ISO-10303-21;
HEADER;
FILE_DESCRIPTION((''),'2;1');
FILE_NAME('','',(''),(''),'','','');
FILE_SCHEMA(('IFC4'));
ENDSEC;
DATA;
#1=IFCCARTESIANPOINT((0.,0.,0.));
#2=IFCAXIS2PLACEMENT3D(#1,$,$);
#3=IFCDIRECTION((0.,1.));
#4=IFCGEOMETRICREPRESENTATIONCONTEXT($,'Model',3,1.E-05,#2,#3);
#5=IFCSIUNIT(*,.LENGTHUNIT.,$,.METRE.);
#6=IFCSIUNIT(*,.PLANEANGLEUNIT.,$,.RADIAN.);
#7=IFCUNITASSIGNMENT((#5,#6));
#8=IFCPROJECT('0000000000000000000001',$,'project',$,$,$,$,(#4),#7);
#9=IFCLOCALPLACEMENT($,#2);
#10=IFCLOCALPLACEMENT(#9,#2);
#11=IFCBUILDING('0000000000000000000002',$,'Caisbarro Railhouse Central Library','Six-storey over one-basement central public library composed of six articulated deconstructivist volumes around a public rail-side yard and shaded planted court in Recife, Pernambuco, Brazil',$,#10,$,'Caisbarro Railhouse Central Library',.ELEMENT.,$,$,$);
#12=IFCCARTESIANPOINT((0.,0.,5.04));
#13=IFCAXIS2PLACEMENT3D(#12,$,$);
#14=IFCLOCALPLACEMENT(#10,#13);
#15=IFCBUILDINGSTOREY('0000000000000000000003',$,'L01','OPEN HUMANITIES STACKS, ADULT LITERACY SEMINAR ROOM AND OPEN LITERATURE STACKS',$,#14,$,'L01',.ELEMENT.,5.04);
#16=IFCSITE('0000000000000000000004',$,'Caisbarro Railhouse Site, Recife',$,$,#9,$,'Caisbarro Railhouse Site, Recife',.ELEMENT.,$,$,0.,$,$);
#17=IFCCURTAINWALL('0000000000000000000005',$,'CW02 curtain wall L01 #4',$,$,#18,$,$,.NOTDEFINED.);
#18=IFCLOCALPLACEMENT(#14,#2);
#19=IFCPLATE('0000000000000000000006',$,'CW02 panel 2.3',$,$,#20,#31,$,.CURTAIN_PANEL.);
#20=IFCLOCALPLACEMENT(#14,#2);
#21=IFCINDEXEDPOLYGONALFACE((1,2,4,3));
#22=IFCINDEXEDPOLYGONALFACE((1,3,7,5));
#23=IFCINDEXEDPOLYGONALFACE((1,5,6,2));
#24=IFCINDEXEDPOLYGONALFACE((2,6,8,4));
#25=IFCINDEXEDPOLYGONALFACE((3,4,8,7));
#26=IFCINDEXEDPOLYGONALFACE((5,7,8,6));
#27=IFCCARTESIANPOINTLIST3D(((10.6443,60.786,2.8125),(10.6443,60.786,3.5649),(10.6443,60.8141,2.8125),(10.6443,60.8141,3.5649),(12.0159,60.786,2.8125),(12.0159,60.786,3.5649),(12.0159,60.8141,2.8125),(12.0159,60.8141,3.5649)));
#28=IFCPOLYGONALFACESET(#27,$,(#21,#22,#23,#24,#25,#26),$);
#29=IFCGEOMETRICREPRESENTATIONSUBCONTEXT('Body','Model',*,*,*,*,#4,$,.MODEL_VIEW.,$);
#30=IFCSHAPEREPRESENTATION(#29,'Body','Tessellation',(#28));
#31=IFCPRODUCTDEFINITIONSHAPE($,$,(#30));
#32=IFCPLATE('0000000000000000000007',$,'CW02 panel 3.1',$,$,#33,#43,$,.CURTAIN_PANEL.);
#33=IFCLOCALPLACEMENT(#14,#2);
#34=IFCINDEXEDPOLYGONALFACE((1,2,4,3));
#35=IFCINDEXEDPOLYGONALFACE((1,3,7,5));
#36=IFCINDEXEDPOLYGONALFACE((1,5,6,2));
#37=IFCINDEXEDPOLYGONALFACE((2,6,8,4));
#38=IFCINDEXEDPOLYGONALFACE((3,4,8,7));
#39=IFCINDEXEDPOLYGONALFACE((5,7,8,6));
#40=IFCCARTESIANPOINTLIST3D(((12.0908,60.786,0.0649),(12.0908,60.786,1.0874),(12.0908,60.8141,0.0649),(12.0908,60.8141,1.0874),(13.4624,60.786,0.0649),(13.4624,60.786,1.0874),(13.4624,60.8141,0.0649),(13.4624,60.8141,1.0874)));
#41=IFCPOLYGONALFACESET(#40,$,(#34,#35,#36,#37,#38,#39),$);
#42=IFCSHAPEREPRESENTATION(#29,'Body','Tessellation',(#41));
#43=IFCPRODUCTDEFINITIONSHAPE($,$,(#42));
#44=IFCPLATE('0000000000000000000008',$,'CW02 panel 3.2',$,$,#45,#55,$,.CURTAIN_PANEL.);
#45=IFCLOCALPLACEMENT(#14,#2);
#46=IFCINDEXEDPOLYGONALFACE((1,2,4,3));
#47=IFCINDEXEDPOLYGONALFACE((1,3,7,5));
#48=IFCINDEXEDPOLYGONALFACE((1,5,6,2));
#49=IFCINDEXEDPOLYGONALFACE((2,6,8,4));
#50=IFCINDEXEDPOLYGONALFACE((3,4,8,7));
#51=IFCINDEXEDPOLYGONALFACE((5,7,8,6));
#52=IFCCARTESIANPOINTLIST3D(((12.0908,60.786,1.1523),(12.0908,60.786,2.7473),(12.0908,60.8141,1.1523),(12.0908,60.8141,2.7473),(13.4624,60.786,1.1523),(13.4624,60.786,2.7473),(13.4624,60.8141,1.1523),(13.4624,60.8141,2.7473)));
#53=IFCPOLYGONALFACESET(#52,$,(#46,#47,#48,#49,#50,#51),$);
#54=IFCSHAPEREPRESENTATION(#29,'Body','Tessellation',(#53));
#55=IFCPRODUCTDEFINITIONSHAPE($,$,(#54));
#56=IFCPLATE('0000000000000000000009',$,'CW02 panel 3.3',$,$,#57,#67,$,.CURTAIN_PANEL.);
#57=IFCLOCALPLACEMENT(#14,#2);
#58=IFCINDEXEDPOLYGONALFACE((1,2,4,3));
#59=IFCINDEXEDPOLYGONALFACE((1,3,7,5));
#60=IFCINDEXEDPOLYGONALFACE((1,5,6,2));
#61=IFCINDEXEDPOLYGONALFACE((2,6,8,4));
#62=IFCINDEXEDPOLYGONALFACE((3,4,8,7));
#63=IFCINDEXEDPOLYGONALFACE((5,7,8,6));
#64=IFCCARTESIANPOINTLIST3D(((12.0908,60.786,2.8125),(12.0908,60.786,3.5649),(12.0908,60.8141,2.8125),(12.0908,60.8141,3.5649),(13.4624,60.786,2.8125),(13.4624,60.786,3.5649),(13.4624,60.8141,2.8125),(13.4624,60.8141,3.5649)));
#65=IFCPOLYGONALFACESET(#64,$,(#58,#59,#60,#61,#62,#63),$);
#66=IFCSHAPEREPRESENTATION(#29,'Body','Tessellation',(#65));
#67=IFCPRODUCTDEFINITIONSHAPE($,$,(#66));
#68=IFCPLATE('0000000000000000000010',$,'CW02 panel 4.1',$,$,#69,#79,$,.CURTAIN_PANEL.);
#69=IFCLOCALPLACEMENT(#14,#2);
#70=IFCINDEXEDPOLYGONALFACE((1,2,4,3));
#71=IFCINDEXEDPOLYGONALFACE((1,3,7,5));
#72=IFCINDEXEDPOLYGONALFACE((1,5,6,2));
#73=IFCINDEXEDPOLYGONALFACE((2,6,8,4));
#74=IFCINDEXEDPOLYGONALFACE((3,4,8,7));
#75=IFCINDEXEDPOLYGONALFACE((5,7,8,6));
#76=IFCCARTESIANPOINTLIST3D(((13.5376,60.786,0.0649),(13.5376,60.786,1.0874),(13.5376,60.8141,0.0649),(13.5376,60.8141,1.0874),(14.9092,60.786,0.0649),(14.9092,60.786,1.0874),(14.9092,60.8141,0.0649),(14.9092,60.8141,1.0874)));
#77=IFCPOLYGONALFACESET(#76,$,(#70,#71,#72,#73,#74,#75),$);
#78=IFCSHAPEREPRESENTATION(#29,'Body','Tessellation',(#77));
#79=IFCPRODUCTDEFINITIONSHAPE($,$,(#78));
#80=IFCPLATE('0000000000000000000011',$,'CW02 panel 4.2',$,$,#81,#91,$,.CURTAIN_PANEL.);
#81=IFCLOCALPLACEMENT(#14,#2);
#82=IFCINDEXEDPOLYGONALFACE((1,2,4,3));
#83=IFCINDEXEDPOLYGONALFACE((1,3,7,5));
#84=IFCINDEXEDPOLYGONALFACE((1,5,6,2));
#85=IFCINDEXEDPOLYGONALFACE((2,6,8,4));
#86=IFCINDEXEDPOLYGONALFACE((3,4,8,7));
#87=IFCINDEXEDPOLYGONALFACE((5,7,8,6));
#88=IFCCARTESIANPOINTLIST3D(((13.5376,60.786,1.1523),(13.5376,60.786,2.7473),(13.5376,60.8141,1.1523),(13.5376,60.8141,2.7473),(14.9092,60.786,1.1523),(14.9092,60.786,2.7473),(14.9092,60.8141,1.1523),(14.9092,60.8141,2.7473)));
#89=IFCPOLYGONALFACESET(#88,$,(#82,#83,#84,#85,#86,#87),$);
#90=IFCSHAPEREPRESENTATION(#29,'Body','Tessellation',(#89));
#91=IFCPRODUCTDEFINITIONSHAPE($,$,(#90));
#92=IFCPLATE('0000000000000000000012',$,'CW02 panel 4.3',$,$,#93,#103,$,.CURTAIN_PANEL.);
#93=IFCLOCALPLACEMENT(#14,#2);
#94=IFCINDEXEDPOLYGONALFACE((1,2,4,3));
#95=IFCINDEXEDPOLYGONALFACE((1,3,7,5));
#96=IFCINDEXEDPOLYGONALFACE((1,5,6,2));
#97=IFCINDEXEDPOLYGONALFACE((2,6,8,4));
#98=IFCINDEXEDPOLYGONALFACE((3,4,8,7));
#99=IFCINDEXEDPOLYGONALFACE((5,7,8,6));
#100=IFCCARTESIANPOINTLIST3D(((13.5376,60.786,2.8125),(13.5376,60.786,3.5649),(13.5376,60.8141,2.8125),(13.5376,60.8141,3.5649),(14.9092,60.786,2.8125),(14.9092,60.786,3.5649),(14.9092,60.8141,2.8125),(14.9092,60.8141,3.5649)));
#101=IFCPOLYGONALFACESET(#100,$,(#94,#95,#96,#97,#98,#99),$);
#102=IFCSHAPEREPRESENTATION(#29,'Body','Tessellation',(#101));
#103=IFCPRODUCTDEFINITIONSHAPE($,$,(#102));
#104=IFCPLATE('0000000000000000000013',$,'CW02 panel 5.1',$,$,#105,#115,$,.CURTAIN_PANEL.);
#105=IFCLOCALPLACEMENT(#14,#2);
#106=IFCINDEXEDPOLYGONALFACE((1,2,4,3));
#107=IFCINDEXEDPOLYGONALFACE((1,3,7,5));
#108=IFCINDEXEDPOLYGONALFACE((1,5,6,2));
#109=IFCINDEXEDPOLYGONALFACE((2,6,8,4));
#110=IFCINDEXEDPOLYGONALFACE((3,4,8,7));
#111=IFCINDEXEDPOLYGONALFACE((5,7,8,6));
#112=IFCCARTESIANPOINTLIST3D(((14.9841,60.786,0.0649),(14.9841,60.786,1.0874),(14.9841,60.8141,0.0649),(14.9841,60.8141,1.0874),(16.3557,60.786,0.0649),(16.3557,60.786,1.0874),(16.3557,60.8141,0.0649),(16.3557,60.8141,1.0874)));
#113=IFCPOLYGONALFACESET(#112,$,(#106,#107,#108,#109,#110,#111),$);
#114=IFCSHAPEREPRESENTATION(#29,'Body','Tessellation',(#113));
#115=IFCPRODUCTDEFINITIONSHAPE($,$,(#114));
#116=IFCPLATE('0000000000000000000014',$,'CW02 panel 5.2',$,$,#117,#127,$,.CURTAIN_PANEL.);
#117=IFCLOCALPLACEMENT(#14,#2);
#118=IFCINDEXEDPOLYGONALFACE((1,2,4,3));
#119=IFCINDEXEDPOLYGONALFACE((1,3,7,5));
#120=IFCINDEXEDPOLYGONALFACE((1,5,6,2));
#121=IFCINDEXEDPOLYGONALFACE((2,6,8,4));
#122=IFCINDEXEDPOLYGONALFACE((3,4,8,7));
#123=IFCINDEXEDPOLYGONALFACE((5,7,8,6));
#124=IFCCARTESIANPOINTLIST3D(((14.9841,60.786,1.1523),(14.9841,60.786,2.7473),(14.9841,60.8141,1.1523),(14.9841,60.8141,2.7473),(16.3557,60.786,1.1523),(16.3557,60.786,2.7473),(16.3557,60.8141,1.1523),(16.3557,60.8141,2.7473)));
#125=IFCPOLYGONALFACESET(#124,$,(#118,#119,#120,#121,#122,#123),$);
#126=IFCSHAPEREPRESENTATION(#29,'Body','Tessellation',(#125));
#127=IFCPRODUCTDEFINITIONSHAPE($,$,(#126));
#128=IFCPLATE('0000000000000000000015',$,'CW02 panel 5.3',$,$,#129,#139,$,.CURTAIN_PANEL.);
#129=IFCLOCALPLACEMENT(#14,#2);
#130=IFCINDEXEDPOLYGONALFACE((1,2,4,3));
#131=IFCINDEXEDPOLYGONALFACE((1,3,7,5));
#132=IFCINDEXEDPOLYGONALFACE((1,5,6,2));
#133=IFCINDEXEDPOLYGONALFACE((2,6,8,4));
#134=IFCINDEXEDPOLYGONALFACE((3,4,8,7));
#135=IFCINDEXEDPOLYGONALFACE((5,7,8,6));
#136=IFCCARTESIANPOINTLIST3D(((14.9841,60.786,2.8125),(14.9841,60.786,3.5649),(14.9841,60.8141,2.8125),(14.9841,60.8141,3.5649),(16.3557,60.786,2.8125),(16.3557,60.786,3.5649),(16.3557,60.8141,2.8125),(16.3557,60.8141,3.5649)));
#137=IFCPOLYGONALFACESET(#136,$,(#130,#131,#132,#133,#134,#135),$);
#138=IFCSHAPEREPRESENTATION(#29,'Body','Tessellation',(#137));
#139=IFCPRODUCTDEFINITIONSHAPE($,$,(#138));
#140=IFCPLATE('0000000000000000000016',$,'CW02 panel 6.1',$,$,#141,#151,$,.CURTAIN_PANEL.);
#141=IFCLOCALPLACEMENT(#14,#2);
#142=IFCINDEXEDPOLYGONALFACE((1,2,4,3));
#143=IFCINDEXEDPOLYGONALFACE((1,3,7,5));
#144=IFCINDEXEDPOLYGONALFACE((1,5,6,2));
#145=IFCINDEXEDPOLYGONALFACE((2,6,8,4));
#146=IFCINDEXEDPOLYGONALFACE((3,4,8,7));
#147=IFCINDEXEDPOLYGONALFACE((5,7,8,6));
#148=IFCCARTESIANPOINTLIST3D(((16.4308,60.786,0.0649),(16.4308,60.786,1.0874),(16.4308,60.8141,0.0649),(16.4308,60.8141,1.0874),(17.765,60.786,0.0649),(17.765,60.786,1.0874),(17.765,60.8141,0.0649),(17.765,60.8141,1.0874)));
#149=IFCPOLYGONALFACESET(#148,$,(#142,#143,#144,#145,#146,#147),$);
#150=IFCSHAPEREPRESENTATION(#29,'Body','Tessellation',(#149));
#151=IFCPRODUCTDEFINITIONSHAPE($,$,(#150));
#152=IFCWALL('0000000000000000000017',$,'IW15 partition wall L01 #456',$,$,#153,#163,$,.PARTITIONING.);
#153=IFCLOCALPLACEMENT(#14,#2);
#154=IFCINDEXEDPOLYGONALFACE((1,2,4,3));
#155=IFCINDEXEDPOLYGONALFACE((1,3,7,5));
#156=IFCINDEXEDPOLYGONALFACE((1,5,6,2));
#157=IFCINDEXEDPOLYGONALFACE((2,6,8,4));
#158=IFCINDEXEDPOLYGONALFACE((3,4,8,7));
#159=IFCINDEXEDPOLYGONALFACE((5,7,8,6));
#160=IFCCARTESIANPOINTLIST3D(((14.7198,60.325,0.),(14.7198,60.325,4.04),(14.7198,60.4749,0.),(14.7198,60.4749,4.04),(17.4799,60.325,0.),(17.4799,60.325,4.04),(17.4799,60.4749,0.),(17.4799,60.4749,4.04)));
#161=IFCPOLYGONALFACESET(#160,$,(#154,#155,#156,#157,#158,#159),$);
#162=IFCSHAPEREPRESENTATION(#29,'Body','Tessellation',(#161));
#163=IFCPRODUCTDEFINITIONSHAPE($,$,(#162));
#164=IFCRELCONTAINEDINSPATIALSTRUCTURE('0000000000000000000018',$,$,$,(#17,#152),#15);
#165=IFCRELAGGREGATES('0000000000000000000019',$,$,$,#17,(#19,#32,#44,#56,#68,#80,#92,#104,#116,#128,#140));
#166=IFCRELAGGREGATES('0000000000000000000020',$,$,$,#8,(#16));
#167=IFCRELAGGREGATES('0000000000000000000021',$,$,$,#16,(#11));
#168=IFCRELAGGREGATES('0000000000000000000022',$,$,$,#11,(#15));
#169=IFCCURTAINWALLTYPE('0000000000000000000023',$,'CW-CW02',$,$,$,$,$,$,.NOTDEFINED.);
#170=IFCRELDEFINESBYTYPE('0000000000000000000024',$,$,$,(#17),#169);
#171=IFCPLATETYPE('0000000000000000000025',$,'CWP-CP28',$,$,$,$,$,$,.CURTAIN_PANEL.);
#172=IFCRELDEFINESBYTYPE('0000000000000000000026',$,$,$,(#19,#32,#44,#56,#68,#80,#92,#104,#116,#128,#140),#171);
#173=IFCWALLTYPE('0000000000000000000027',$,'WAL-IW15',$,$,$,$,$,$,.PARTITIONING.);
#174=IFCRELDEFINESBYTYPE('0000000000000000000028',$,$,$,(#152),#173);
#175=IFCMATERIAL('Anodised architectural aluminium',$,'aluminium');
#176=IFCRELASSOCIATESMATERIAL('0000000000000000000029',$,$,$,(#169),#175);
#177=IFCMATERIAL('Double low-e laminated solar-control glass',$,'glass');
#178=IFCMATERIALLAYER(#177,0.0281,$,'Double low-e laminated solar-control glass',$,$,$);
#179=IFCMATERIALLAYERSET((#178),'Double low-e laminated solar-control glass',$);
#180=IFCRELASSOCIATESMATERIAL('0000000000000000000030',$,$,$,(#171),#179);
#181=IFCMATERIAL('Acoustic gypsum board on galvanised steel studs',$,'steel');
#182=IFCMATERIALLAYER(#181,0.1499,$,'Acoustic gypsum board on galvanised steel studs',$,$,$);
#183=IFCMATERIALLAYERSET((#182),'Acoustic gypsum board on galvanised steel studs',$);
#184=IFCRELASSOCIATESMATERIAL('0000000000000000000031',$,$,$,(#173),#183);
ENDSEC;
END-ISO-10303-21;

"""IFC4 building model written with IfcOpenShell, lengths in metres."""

from ifc_helpers import new_model, si_unit, direction, frame, frame_2d, origin, origin_2d, place, context, subcontext, project, spatial, rectangle, extrude, material, layer, layer_set, type_object, element, aggregate, save


model = new_model("IFC4")

# Units and contexts
model_context = context("Model", 3, precision=1e-05, world=origin(), true_north=direction((0.0, 1.0)))
body_context = subcontext(model_context, "Body", "Model", "MODEL_VIEW")
ifc_project = project(units=[si_unit("LENGTHUNIT", "METRE"), si_unit("PLANEANGLEUNIT", "RADIAN")], contexts=[model_context])

# Site, building, storey
site_placement = place(None, origin())
site = spatial("IfcSite", under=ifc_project, at=site_placement, Name="Caisbarro Railhouse Site, Recife", LongName="Caisbarro Railhouse Site, Recife", CompositionType="ELEMENT", RefElevation=0.0)
building_placement = place(site_placement, origin())
building = spatial("IfcBuilding", under=site, at=building_placement, Name="Caisbarro Railhouse Central Library", Description="Six-storey over one-basement central public library composed of six articulated deconstructivist volumes around a public rail-side yard and shaded planted court in Recife, Pernambuco, Brazil", LongName="Caisbarro Railhouse Central Library", CompositionType="ELEMENT")
storey_placement = place(building_placement, frame((0.0, 0.0, 5.04)))
storey = spatial("IfcBuildingStorey", under=building, at=storey_placement, Name="L01", Description="OPEN HUMANITIES STACKS, ADULT LITERACY SEMINAR ROOM AND OPEN LITERATURE STACKS", LongName="L01", CompositionType="ELEMENT", Elevation=5.04)

# Curtain wall, plates
ifc_material_1 = material(Name="Anodised architectural aluminium", Category="aluminium")
curtain_wall_type = type_object("IfcCurtainWallType", Name="CW-CW02", PredefinedType="NOTDEFINED", material=ifc_material_1)
curtain_wall_placement = place(storey_placement, origin())
curtain_wall = element("IfcCurtainWall", 1, at=curtain_wall_placement, inside=storey, type_object=curtain_wall_type, Name="CW02 curtain wall L01 #4", PredefinedType="NOTDEFINED")
ifc_material_2 = material(Name="Double low-e laminated solar-control glass", Category="glass")
ifc_layer_1 = layer(ifc_material_2, 0.0281, Name="Double low-e laminated solar-control glass")
ifc_layer_set_1 = layer_set([ifc_layer_1], Name="Double low-e laminated solar-control glass")
plate_type = type_object("IfcPlateType", Name="CWP-CP28", PredefinedType="CURTAIN_PANEL", material=ifc_layer_set_1)
plate_1_placement = place(storey_placement, frame((11.3301, 60.8, 2.8125), z_axis=(0.0, 0.0, 1.0), x_axis=(1.0, 0.0, 0.0)))
plate_1 = element("IfcPlate", 2, at=plate_1_placement, type_object=plate_type, Name="CW02 panel 2.3", PredefinedType="CURTAIN_PANEL", context=body_context, shape_type="SweptSolid", body=[
    extrude(rectangle(XDim=1.3716, YDim=0.0281, at=origin_2d()), origin(), (0.0, 0.0, 1.0), 0.7524),
])
plate_2_placement = place(storey_placement, frame((12.7766, 60.8, 0.0649), z_axis=(0.0, 0.0, 1.0), x_axis=(1.0, 0.0, 0.0)))
plate_2 = element("IfcPlate", 3, at=plate_2_placement, type_object=plate_type, Name="CW02 panel 3.1", PredefinedType="CURTAIN_PANEL", context=body_context, shape_type="SweptSolid", body=[
    extrude(rectangle(XDim=1.3716, YDim=0.0281, at=origin_2d()), origin(), (0.0, 0.0, 1.0), 1.0225),
])
plate_3_placement = place(storey_placement, frame((12.7766, 60.8, 1.1523), z_axis=(0.0, 0.0, 1.0), x_axis=(1.0, 0.0, 0.0)))
plate_3 = element("IfcPlate", 4, at=plate_3_placement, type_object=plate_type, Name="CW02 panel 3.2", PredefinedType="CURTAIN_PANEL", context=body_context, shape_type="SweptSolid", body=[
    extrude(rectangle(XDim=1.3716, YDim=0.0281, at=origin_2d()), origin(), (0.0, 0.0, 1.0), 1.595),
])
plate_4_placement = place(storey_placement, frame((12.7766, 60.8, 2.8125), z_axis=(0.0, 0.0, 1.0), x_axis=(1.0, 0.0, 0.0)))
plate_4 = element("IfcPlate", 5, at=plate_4_placement, type_object=plate_type, Name="CW02 panel 3.3", PredefinedType="CURTAIN_PANEL", context=body_context, shape_type="SweptSolid", body=[
    extrude(rectangle(XDim=1.3716, YDim=0.0281, at=origin_2d()), origin(), (0.0, 0.0, 1.0), 0.7524),
])
plate_5_placement = place(storey_placement, frame((14.2234, 60.8, 0.0649), z_axis=(0.0, 0.0, 1.0), x_axis=(1.0, 0.0, 0.0)))
plate_5 = element("IfcPlate", 6, at=plate_5_placement, type_object=plate_type, Name="CW02 panel 4.1", PredefinedType="CURTAIN_PANEL", context=body_context, shape_type="SweptSolid", body=[
    extrude(rectangle(XDim=1.3716, YDim=0.0281, at=origin_2d()), origin(), (0.0, 0.0, 1.0), 1.0225),
])
plate_6_placement = place(storey_placement, frame((14.2234, 60.8, 1.1523), z_axis=(0.0, 0.0, 1.0), x_axis=(1.0, 0.0, 0.0)))
plate_6 = element("IfcPlate", 7, at=plate_6_placement, type_object=plate_type, Name="CW02 panel 4.2", PredefinedType="CURTAIN_PANEL", context=body_context, shape_type="SweptSolid", body=[
    extrude(rectangle(XDim=1.3716, YDim=0.0281, at=origin_2d()), origin(), (0.0, 0.0, 1.0), 1.595),
])
plate_7_placement = place(storey_placement, frame((14.2234, 60.8, 2.8125), z_axis=(0.0, 0.0, 1.0), x_axis=(1.0, 0.0, 0.0)))
plate_7 = element("IfcPlate", 8, at=plate_7_placement, type_object=plate_type, Name="CW02 panel 4.3", PredefinedType="CURTAIN_PANEL", context=body_context, shape_type="SweptSolid", body=[
    extrude(rectangle(XDim=1.3716, YDim=0.0281, at=origin_2d()), origin(), (0.0, 0.0, 1.0), 0.7524),
])
plate_8_placement = place(storey_placement, frame((15.6699, 60.8, 0.0649), z_axis=(0.0, 0.0, 1.0), x_axis=(1.0, 0.0, 0.0)))
plate_8 = element("IfcPlate", 9, at=plate_8_placement, type_object=plate_type, Name="CW02 panel 5.1", PredefinedType="CURTAIN_PANEL", context=body_context, shape_type="SweptSolid", body=[
    extrude(rectangle(XDim=1.3716, YDim=0.0281, at=origin_2d()), origin(), (0.0, 0.0, 1.0), 1.0225),
])
plate_9_placement = place(storey_placement, frame((15.6699, 60.8, 1.1523), z_axis=(0.0, 0.0, 1.0), x_axis=(1.0, 0.0, 0.0)))
plate_9 = element("IfcPlate", 10, at=plate_9_placement, type_object=plate_type, Name="CW02 panel 5.2", PredefinedType="CURTAIN_PANEL", context=body_context, shape_type="SweptSolid", body=[
    extrude(rectangle(XDim=1.3716, YDim=0.0281, at=origin_2d()), origin(), (0.0, 0.0, 1.0), 1.595),
])
plate_10_placement = place(storey_placement, frame((15.6699, 60.8, 2.8125), z_axis=(0.0, 0.0, 1.0), x_axis=(1.0, 0.0, 0.0)))
plate_10 = element("IfcPlate", 11, at=plate_10_placement, type_object=plate_type, Name="CW02 panel 5.3", PredefinedType="CURTAIN_PANEL", context=body_context, shape_type="SweptSolid", body=[
    extrude(rectangle(XDim=1.3716, YDim=0.0281, at=origin_2d()), origin(), (0.0, 0.0, 1.0), 0.7524),
])
plate_11_placement = place(storey_placement, frame((17.0979, 60.8, 0.0649), z_axis=(0.0, 0.0, 1.0), x_axis=(1.0, 0.0, 0.0)))
plate_11 = element("IfcPlate", 12, at=plate_11_placement, type_object=plate_type, Name="CW02 panel 6.1", PredefinedType="CURTAIN_PANEL", context=body_context, shape_type="SweptSolid", body=[
    extrude(rectangle(XDim=1.3342, YDim=0.0281, at=origin_2d()), origin(), (0.0, 0.0, 1.0), 1.0225),
])
aggregate(curtain_wall, [plate_1, plate_2, plate_3, plate_4, plate_5, plate_6, plate_7, plate_8, plate_9, plate_10, plate_11])

# Wall
ifc_material_3 = material(Name="Acoustic gypsum board on galvanised steel studs", Category="steel")
ifc_layer_2 = layer(ifc_material_3, 0.1499, Name="Acoustic gypsum board on galvanised steel studs")
ifc_layer_set_2 = layer_set([ifc_layer_2], Name="Acoustic gypsum board on galvanised steel studs")
wall_type = type_object("IfcWallType", Name="WAL-IW15", PredefinedType="PARTITIONING", material=ifc_layer_set_2)
wall_placement = place(storey_placement, frame((14.72, 60.3999, 0.0), z_axis=(0.0, 0.0, 1.0), x_axis=(1.0, 0.0, 0.0)))
element("IfcWall", 13, at=wall_placement, inside=storey, type_object=wall_type, Name="IW15 partition wall L01 #456", PredefinedType="PARTITIONING", context=body_context, shape_type="SweptSolid", body=[
    extrude(rectangle(XDim=2.76, YDim=0.1499, at=frame_2d((1.3799, 0.0))), origin(), (0.0, 0.0, 1.0), 4.04),
])

save(model, "model.ifc")
